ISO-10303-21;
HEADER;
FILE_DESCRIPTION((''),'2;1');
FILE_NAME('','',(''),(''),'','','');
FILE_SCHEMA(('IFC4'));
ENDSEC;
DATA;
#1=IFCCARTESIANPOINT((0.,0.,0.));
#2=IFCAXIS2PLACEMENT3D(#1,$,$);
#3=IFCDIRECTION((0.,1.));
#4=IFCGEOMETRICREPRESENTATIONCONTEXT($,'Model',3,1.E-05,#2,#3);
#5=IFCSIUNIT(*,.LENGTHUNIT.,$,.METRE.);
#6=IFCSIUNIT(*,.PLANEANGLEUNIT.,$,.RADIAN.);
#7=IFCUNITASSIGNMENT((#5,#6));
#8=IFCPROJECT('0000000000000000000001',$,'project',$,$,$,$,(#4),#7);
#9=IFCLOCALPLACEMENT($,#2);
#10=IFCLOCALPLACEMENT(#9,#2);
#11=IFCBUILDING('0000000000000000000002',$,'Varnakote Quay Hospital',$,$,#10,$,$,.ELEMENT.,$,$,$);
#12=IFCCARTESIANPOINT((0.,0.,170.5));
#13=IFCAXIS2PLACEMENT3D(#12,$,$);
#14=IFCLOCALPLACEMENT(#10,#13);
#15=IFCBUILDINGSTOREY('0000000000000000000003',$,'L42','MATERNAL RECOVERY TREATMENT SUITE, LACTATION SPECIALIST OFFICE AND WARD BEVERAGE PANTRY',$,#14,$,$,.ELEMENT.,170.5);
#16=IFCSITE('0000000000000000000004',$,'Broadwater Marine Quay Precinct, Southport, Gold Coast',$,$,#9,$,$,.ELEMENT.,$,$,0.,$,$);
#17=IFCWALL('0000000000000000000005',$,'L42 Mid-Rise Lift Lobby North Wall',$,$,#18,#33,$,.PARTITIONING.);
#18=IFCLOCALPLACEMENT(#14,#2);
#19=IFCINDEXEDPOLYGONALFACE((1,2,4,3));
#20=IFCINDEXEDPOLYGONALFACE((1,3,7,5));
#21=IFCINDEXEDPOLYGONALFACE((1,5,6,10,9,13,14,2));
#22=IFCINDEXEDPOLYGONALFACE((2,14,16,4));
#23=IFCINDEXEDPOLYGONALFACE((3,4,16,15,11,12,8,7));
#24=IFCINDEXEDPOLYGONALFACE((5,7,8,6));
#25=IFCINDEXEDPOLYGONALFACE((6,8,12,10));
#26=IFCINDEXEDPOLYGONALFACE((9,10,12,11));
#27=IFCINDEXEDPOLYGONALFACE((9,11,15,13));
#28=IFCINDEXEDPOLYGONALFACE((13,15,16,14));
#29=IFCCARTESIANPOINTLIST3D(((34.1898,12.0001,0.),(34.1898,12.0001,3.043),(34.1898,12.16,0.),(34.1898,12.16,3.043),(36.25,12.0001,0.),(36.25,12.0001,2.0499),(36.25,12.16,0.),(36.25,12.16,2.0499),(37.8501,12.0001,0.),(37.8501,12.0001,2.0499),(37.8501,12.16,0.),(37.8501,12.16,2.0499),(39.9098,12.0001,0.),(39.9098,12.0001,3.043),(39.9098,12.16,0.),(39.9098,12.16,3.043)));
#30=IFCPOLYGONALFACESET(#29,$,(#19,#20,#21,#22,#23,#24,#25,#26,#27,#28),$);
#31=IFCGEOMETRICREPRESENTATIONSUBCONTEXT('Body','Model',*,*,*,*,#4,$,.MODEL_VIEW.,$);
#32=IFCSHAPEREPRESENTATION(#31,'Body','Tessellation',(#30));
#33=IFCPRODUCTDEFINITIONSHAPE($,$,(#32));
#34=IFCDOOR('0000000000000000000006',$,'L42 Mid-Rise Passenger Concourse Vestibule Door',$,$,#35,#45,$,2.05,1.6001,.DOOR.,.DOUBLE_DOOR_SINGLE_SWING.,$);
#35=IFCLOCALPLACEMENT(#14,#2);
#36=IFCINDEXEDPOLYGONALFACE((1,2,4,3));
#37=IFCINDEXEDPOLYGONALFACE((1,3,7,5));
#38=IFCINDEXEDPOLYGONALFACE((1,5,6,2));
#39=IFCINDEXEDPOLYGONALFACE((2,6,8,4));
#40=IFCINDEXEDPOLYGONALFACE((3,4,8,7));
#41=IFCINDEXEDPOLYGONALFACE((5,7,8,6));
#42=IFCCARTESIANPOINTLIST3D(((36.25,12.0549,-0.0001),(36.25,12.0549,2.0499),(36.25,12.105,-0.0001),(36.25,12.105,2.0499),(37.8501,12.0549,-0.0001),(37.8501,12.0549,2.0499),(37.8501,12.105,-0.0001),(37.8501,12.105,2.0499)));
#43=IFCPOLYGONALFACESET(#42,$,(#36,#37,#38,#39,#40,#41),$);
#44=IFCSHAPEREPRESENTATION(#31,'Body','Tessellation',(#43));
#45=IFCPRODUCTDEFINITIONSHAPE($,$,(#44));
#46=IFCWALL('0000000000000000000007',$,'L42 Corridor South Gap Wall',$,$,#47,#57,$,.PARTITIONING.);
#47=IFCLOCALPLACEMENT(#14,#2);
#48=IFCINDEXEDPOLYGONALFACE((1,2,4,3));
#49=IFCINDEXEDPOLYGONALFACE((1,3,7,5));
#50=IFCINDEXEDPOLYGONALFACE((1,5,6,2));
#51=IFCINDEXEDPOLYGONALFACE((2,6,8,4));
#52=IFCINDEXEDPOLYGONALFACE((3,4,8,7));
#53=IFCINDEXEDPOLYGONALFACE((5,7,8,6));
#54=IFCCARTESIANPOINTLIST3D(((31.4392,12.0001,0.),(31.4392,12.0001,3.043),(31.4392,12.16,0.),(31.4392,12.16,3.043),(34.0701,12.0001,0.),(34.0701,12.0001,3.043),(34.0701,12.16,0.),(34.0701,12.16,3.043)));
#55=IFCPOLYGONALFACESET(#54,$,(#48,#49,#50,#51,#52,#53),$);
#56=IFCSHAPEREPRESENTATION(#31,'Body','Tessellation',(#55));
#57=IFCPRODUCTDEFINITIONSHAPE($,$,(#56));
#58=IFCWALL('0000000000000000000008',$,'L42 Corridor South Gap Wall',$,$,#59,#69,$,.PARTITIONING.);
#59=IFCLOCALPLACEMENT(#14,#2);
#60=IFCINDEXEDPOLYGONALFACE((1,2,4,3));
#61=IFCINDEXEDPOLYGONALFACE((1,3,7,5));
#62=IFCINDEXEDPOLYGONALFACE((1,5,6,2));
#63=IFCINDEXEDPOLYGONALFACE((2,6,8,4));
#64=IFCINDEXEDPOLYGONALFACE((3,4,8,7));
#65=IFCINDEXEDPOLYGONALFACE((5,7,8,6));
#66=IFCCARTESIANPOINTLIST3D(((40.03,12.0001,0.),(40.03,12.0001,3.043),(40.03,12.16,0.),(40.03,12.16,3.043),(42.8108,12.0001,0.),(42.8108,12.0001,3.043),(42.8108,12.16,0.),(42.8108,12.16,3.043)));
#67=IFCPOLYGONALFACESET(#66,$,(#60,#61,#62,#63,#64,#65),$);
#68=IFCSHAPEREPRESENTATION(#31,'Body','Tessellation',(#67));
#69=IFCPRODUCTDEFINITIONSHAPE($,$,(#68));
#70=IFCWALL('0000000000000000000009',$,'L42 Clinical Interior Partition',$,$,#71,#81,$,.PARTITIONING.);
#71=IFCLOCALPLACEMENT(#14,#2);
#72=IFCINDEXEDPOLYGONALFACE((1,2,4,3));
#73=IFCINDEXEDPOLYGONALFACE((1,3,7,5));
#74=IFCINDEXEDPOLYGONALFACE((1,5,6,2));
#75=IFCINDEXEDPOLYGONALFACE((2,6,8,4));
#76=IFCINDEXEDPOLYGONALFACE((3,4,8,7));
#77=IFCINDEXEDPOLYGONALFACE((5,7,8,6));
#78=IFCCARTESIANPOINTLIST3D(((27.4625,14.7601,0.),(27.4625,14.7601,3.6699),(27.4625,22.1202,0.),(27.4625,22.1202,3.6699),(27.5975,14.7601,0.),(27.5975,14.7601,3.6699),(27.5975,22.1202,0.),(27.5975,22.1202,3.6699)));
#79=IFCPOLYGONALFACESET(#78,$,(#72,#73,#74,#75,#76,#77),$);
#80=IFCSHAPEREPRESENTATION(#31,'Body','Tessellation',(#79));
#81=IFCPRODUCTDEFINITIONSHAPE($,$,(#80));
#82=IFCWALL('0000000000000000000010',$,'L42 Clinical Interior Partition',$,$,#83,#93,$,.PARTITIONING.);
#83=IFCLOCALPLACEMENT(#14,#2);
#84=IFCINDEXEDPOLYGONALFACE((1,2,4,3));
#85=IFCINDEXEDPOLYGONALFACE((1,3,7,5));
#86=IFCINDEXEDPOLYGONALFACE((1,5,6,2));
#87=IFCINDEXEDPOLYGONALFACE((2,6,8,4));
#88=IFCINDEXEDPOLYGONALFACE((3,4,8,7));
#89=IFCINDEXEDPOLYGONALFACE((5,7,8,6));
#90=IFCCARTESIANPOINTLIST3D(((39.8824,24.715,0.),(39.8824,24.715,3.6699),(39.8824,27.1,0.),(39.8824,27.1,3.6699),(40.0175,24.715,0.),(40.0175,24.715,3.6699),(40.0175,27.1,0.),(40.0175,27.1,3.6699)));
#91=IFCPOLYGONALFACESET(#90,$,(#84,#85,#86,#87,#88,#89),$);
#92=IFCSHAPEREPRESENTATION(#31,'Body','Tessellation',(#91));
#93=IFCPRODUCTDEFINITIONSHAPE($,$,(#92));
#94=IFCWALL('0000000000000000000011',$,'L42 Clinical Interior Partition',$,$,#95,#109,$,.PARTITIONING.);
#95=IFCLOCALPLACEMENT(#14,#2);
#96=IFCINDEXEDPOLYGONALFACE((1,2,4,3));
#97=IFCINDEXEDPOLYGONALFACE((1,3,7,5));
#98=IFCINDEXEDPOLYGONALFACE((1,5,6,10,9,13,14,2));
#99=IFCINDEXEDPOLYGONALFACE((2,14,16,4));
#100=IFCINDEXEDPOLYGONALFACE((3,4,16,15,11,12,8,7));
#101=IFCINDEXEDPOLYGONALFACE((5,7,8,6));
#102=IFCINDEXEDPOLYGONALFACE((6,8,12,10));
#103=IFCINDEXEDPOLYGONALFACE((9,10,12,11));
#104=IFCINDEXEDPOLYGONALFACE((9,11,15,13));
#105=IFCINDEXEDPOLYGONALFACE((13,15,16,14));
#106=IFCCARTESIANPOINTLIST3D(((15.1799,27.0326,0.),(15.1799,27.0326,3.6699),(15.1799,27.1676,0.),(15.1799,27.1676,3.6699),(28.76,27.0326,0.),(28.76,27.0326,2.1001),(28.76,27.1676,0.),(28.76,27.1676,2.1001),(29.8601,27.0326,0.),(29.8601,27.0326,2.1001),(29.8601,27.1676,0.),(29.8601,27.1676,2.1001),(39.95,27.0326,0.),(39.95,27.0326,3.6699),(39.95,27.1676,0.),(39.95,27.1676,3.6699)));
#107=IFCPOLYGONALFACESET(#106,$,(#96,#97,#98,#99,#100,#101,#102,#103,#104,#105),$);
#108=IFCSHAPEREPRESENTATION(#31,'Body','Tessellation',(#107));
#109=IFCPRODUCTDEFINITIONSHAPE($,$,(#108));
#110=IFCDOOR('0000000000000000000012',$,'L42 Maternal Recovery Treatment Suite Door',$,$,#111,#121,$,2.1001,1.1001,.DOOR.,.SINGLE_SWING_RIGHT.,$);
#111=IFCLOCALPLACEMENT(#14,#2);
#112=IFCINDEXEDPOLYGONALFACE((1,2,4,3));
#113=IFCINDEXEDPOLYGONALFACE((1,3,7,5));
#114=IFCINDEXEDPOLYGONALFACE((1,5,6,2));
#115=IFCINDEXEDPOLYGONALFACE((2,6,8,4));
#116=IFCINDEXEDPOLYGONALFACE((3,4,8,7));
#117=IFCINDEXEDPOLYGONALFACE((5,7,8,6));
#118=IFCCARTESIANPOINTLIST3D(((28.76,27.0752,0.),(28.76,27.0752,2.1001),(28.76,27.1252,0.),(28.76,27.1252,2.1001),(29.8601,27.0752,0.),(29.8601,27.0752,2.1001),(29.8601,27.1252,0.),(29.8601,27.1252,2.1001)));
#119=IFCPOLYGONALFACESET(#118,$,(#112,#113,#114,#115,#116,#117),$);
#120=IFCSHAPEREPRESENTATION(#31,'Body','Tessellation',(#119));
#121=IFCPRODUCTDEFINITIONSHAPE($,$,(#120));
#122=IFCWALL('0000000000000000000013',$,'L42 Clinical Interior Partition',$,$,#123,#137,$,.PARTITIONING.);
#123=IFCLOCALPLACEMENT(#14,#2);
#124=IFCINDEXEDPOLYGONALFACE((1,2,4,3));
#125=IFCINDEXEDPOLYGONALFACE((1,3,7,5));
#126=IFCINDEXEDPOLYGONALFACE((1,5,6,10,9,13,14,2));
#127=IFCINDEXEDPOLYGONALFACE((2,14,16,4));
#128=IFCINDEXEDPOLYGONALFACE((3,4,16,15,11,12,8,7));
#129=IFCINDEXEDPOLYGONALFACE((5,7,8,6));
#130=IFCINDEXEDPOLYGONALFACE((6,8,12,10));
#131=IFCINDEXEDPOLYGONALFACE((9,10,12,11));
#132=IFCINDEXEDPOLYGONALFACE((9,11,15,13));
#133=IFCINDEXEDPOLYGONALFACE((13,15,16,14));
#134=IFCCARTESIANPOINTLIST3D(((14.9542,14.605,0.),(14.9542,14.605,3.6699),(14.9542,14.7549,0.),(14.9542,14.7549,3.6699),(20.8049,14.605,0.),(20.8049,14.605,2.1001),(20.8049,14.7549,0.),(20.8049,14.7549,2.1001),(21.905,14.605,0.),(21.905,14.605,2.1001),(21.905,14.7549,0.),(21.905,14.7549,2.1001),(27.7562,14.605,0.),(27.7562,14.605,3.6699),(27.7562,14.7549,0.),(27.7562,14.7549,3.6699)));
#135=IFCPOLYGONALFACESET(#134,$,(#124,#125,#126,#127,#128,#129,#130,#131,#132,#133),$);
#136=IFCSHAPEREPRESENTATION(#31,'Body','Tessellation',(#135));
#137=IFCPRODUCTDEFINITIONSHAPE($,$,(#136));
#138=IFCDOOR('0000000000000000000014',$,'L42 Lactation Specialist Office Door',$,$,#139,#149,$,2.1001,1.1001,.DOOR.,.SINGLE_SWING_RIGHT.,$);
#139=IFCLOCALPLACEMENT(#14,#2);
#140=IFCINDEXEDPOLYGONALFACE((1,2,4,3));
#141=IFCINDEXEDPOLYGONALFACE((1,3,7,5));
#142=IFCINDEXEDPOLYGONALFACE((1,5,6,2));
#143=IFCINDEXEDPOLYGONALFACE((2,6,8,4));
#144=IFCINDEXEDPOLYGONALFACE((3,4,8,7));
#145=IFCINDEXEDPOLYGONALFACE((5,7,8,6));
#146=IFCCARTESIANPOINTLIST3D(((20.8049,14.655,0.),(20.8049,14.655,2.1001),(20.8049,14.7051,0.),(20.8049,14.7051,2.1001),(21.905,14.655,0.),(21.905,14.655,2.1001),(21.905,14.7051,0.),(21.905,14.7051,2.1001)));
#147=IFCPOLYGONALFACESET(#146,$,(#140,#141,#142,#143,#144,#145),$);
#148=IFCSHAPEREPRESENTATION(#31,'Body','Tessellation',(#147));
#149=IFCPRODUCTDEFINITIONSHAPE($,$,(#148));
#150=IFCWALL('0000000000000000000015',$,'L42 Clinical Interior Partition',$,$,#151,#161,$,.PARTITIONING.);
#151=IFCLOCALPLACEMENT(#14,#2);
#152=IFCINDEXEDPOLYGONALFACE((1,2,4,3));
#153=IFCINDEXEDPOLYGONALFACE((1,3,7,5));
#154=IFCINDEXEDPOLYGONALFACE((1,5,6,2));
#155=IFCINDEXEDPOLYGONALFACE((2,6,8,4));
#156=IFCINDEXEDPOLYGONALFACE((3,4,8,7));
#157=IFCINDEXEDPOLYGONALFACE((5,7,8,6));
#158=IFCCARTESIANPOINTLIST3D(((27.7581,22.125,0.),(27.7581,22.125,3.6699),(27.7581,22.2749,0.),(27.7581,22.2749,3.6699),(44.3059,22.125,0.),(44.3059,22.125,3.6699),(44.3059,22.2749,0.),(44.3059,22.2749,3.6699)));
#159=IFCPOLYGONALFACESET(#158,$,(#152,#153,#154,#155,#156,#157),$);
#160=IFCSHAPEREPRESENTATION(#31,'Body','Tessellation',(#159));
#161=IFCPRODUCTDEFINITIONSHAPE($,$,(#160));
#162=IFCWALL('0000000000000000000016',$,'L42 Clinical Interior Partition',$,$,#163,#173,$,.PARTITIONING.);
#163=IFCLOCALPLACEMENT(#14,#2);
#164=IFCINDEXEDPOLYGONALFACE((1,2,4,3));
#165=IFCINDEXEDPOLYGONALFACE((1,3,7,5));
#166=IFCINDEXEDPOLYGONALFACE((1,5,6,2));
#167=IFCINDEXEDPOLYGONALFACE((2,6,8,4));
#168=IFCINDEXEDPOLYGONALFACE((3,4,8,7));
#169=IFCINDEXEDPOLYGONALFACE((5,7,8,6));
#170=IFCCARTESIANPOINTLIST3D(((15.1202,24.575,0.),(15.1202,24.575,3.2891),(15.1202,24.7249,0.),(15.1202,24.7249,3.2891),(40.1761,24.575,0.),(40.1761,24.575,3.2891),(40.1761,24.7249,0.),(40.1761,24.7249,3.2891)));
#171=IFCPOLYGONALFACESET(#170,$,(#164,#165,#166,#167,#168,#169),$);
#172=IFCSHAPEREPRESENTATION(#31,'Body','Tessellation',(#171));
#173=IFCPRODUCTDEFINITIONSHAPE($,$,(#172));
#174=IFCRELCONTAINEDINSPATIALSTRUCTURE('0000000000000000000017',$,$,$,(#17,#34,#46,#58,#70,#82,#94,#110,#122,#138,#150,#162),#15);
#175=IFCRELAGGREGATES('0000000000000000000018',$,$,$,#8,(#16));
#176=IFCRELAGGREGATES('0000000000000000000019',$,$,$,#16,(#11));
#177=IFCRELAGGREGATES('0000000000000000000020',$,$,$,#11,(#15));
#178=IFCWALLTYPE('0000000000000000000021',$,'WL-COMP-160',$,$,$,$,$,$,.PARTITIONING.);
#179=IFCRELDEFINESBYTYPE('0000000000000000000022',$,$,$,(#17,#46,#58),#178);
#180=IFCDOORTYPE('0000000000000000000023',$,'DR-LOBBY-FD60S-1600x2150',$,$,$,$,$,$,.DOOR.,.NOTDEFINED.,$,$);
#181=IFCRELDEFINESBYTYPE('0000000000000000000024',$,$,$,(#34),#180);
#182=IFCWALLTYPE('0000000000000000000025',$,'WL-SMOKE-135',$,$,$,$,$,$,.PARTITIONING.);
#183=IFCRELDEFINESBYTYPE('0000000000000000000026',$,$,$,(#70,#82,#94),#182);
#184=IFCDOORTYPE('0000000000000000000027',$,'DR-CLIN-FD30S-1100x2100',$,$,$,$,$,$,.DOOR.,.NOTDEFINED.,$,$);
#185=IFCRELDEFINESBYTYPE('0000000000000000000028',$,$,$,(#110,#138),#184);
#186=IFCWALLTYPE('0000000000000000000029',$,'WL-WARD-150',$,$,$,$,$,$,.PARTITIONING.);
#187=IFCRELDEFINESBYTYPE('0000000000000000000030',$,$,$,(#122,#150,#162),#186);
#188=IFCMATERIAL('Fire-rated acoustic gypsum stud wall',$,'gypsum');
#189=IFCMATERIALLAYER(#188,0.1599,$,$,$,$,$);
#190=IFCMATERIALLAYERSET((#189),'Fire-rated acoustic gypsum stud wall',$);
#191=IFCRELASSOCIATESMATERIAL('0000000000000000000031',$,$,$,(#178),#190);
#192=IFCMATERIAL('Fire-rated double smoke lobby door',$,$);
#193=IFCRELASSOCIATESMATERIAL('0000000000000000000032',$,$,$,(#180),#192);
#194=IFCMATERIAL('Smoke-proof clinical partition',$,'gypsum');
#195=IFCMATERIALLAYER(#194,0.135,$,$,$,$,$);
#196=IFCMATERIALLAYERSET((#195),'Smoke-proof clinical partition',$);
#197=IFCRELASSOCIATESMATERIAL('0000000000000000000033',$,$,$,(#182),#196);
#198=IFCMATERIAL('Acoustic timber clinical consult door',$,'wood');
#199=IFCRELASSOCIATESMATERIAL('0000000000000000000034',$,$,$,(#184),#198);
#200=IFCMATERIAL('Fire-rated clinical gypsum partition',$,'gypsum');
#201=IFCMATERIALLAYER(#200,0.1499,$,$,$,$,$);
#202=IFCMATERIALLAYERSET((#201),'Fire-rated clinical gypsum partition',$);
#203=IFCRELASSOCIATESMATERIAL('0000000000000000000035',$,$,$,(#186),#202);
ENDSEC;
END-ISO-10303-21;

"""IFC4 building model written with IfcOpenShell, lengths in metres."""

from ifc_helpers import new_model, si_unit, direction, frame, frame_2d, origin, place, context, subcontext, project, spatial, rectangle, extrude, material, layer, layer_set, type_object, element, fill, save


model = new_model("IFC4")

# Units and contexts
model_context = context("Model", 3, precision=1e-05, world=origin(), true_north=direction((0.0, 1.0)))
body_context = subcontext(model_context, "Body", "Model", "MODEL_VIEW")
ifc_project = project(units=[si_unit("LENGTHUNIT", "METRE"), si_unit("PLANEANGLEUNIT", "RADIAN")], contexts=[model_context])

# Site, building, storey
site_placement = place(None, origin())
site = spatial("IfcSite", under=ifc_project, at=site_placement, Name="Broadwater Marine Quay Precinct, Southport, Gold Coast", CompositionType="ELEMENT", RefElevation=0.0)
building_placement = place(site_placement, origin())
building = spatial("IfcBuilding", under=site, at=building_placement, Name="Varnakote Quay Hospital", CompositionType="ELEMENT")
storey_placement = place(building_placement, frame((0.0, 0.0, 170.5)))
storey = spatial("IfcBuildingStorey", under=building, at=storey_placement, Name="L42", Description="MATERNAL RECOVERY TREATMENT SUITE, LACTATION SPECIALIST OFFICE AND WARD BEVERAGE PANTRY", CompositionType="ELEMENT", Elevation=170.5)

# Wall, opening, door
ifc_material_1 = material(Name="Fire-rated acoustic gypsum stud wall", Category="gypsum")
ifc_layer_1 = layer(ifc_material_1, 0.1599)
ifc_layer_set_1 = layer_set([ifc_layer_1], Name="Fire-rated acoustic gypsum stud wall")
wall_type_1 = type_object("IfcWallType", Name="WL-COMP-160", PredefinedType="PARTITIONING", material=ifc_layer_set_1)
wall_1_placement = place(storey_placement, frame((34.1899, 12.0801, 0.0), z_axis=(0.0, 0.0, 1.0), x_axis=(1.0, 0.0, 0.0)))
wall_1 = element("IfcWall", 1, at=wall_1_placement, inside=storey, type_object=wall_type_1, Name="L42 Mid-Rise Lift Lobby North Wall", PredefinedType="PARTITIONING", context=body_context, shape_type="SweptSolid", body=[
    extrude(rectangle(XDim=5.72, YDim=0.1599, at=frame_2d((2.8599, 0.0))), origin(), (0.0, 0.0, 1.0), 3.043),
])
opening_1_placement = place(wall_1_placement, frame((2.0601, 0.0, 0.0)))
opening_1 = element("IfcOpeningElement", 2, at=opening_1_placement, cuts=wall_1, PredefinedType="OPENING", context=body_context, shape_type="SweptSolid", body=[
    extrude(rectangle(XDim=1.6001, YDim=2.05, at=frame_2d((0.8, 1.0249))), frame((0.0, 0.0898, 0.0), z_axis=(0.0, -1.0, 0.0), x_axis=(1.0, 0.0, 0.0)), (0.0, 0.0, 1.0), 0.1799),
])
ifc_material_2 = material(Name="Fire-rated double smoke lobby door")
door_type_1 = type_object("IfcDoorType", Name="DR-LOBBY-FD60S-1600x2150", OperationType="NOTDEFINED", PredefinedType="DOOR", material=ifc_material_2)
door_1_placement = place(opening_1_placement, origin())
door_1 = element("IfcDoor", 3, at=door_1_placement, inside=storey, type_object=door_type_1, Name="L42 Mid-Rise Passenger Concourse Vestibule Door", OperationType="DOUBLE_DOOR_SINGLE_SWING", OverallHeight=2.05, OverallWidth=1.6001, PredefinedType="DOOR", context=body_context, shape_type="SweptSolid", body=[
    extrude(rectangle(XDim=1.6001, YDim=2.05, at=frame_2d((0.8, 1.0249))), frame((0.0, 0.0249, 0.0), z_axis=(0.0, -1.0, 0.0), x_axis=(1.0, 0.0, 0.0)), (0.0, 0.0, 1.0), 0.05),
])
fill(opening_1, door_1)

# Walls
wall_2_placement = place(storey_placement, frame((31.4392, 12.0801, 0.0), z_axis=(0.0, 0.0, 1.0), x_axis=(1.0, 0.0, 0.0)))
element("IfcWall", 4, at=wall_2_placement, inside=storey, type_object=wall_type_1, Name="L42 Corridor South Gap Wall", PredefinedType="PARTITIONING", context=body_context, shape_type="SweptSolid", body=[
    extrude(rectangle(XDim=2.6309, YDim=0.1599, at=frame_2d((1.3154, 0.0))), origin(), (0.0, 0.0, 1.0), 3.043),
])
wall_3_placement = place(storey_placement, frame((40.03, 12.0801, 0.0), z_axis=(0.0, 0.0, 1.0), x_axis=(1.0, 0.0, 0.0)))
element("IfcWall", 5, at=wall_3_placement, inside=storey, type_object=wall_type_1, Name="L42 Corridor South Gap Wall", PredefinedType="PARTITIONING", context=body_context, shape_type="SweptSolid", body=[
    extrude(rectangle(XDim=2.7808, YDim=0.1599, at=frame_2d((1.3904, 0.0))), origin(), (0.0, 0.0, 1.0), 3.043),
])
ifc_material_3 = material(Name="Smoke-proof clinical partition", Category="gypsum")
ifc_layer_2 = layer(ifc_material_3, 0.135)
ifc_layer_set_2 = layer_set([ifc_layer_2], Name="Smoke-proof clinical partition")
wall_type_2 = type_object("IfcWallType", Name="WL-SMOKE-135", PredefinedType="PARTITIONING", material=ifc_layer_set_2)
wall_4_placement = place(storey_placement, frame((27.53, 14.76, 0.0), z_axis=(0.0, 0.0, 1.0), x_axis=(0.0, 1.0, 0.0)))
element("IfcWall", 6, at=wall_4_placement, inside=storey, type_object=wall_type_2, Name="L42 Clinical Interior Partition", PredefinedType="PARTITIONING", context=body_context, shape_type="SweptSolid", body=[
    extrude(rectangle(XDim=7.3601, YDim=0.135, at=frame_2d((3.6802, 0.0))), origin(), (0.0, 0.0, 1.0), 3.6699),
])
wall_5_placement = place(storey_placement, frame((39.95, 24.7151, 0.0), z_axis=(0.0, 0.0, 1.0), x_axis=(0.0, 1.0, 0.0)))
element("IfcWall", 7, at=wall_5_placement, inside=storey, type_object=wall_type_2, Name="L42 Clinical Interior Partition", PredefinedType="PARTITIONING", context=body_context, shape_type="SweptSolid", body=[
    extrude(rectangle(XDim=2.385, YDim=0.135, at=frame_2d((1.1924, 0.0))), origin(), (0.0, 0.0, 1.0), 3.6699),
])

# Walls, openings, doors
wall_6_placement = place(storey_placement, frame((39.95, 27.1001, 0.0), z_axis=(0.0, 0.0, 1.0), x_axis=(-1.0, 0.0, 0.0)))
wall_6 = element("IfcWall", 8, at=wall_6_placement, inside=storey, type_object=wall_type_2, Name="L42 Clinical Interior Partition", PredefinedType="PARTITIONING", context=body_context, shape_type="SweptSolid", body=[
    extrude(rectangle(XDim=24.77, YDim=0.135, at=frame_2d((12.385, 0.0))), origin(), (0.0, 0.0, 1.0), 3.6699),
])
opening_2_placement = place(wall_6_placement, frame((10.0898, 0.0, 0.0)))
opening_2 = element("IfcOpeningElement", 9, at=opening_2_placement, cuts=wall_6, PredefinedType="OPENING", context=body_context, shape_type="SweptSolid", body=[
    extrude(rectangle(XDim=1.1001, YDim=2.1001, at=frame_2d((0.55, 1.05))), frame((0.0, 0.0774, 0.0), z_axis=(0.0, -1.0, 0.0), x_axis=(1.0, 0.0, 0.0)), (0.0, 0.0, 1.0), 0.155),
])
ifc_material_4 = material(Name="Acoustic timber clinical consult door", Category="wood")
door_type_2 = type_object("IfcDoorType", Name="DR-CLIN-FD30S-1100x2100", OperationType="NOTDEFINED", PredefinedType="DOOR", material=ifc_material_4)
door_2_placement = place(opening_2_placement, origin())
door_2 = element("IfcDoor", 10, at=door_2_placement, inside=storey, type_object=door_type_2, Name="L42 Maternal Recovery Treatment Suite Door", OperationType="SINGLE_SWING_RIGHT", OverallHeight=2.1001, OverallWidth=1.1001, PredefinedType="DOOR", context=body_context, shape_type="SweptSolid", body=[
    extrude(rectangle(XDim=1.1001, YDim=2.1001, at=frame_2d((0.55, 1.05))), frame((0.0, 0.0249, 0.0), z_axis=(0.0, -1.0, 0.0), x_axis=(1.0, 0.0, 0.0)), (0.0, 0.0, 1.0), 0.05),
])
fill(opening_2, door_2)
ifc_material_5 = material(Name="Fire-rated clinical gypsum partition", Category="gypsum")
ifc_layer_3 = layer(ifc_material_5, 0.1499)
ifc_layer_set_3 = layer_set([ifc_layer_3], Name="Fire-rated clinical gypsum partition")
wall_type_3 = type_object("IfcWallType", Name="WL-WARD-150", PredefinedType="PARTITIONING", material=ifc_layer_set_3)
wall_7_placement = place(storey_placement, frame((27.7561, 14.6799, 0.0), z_axis=(0.0, 0.0, 1.0), x_axis=(-1.0, 0.0, 0.0)))
wall_7 = element("IfcWall", 11, at=wall_7_placement, inside=storey, type_object=wall_type_3, Name="L42 Clinical Interior Partition", PredefinedType="PARTITIONING", context=body_context, shape_type="SweptSolid", body=[
    extrude(rectangle(XDim=12.802, YDim=0.1499, at=frame_2d((6.4009, 0.0))), origin(), (0.0, 0.0, 1.0), 3.6699),
])
opening_3_placement = place(wall_7_placement, frame((5.8511, 0.0, 0.0)))
opening_3 = element("IfcOpeningElement", 12, at=opening_3_placement, cuts=wall_7, PredefinedType="OPENING", context=body_context, shape_type="SweptSolid", body=[
    extrude(rectangle(XDim=1.1001, YDim=2.1001, at=frame_2d((0.55, 1.05))), frame((0.0, 0.085, 0.0), z_axis=(0.0, -1.0, 0.0), x_axis=(1.0, 0.0, 0.0)), (0.0, 0.0, 1.0), 0.1699),
])
door_3_placement = place(opening_3_placement, origin())
door_3 = element("IfcDoor", 13, at=door_3_placement, inside=storey, type_object=door_type_2, Name="L42 Lactation Specialist Office Door", OperationType="SINGLE_SWING_RIGHT", OverallHeight=2.1001, OverallWidth=1.1001, PredefinedType="DOOR", context=body_context, shape_type="SweptSolid", body=[
    extrude(rectangle(XDim=1.1001, YDim=2.1001, at=frame_2d((0.55, 1.05))), frame((0.0, 0.0249, 0.0), z_axis=(0.0, -1.0, 0.0), x_axis=(1.0, 0.0, 0.0)), (0.0, 0.0, 1.0), 0.05),
])
fill(opening_3, door_3)

# Walls
wall_8_placement = place(storey_placement, frame((27.7581, 22.2, 0.0), z_axis=(0.0, 0.0, 1.0), x_axis=(1.0, 0.0, 0.0)))
element("IfcWall", 14, at=wall_8_placement, inside=storey, type_object=wall_type_3, Name="L42 Clinical Interior Partition", PredefinedType="PARTITIONING", context=body_context, shape_type="SweptSolid", body=[
    extrude(rectangle(XDim=16.5479, YDim=0.1499, at=frame_2d((8.2739, 0.0))), origin(), (0.0, 0.0, 1.0), 3.6699),
])
wall_9_placement = place(storey_placement, frame((40.176, 24.6499, 0.0), z_axis=(0.0, 0.0, 1.0), x_axis=(-1.0, 0.0, 0.0)))
element("IfcWall", 15, at=wall_9_placement, inside=storey, type_object=wall_type_3, Name="L42 Clinical Interior Partition", PredefinedType="PARTITIONING", context=body_context, shape_type="SweptSolid", body=[
    extrude(rectangle(XDim=25.0559, YDim=0.1499, at=frame_2d((12.5278, 0.0))), origin(), (0.0, 0.0, 1.0), 3.2891),
])

save(model, "model.ifc")
